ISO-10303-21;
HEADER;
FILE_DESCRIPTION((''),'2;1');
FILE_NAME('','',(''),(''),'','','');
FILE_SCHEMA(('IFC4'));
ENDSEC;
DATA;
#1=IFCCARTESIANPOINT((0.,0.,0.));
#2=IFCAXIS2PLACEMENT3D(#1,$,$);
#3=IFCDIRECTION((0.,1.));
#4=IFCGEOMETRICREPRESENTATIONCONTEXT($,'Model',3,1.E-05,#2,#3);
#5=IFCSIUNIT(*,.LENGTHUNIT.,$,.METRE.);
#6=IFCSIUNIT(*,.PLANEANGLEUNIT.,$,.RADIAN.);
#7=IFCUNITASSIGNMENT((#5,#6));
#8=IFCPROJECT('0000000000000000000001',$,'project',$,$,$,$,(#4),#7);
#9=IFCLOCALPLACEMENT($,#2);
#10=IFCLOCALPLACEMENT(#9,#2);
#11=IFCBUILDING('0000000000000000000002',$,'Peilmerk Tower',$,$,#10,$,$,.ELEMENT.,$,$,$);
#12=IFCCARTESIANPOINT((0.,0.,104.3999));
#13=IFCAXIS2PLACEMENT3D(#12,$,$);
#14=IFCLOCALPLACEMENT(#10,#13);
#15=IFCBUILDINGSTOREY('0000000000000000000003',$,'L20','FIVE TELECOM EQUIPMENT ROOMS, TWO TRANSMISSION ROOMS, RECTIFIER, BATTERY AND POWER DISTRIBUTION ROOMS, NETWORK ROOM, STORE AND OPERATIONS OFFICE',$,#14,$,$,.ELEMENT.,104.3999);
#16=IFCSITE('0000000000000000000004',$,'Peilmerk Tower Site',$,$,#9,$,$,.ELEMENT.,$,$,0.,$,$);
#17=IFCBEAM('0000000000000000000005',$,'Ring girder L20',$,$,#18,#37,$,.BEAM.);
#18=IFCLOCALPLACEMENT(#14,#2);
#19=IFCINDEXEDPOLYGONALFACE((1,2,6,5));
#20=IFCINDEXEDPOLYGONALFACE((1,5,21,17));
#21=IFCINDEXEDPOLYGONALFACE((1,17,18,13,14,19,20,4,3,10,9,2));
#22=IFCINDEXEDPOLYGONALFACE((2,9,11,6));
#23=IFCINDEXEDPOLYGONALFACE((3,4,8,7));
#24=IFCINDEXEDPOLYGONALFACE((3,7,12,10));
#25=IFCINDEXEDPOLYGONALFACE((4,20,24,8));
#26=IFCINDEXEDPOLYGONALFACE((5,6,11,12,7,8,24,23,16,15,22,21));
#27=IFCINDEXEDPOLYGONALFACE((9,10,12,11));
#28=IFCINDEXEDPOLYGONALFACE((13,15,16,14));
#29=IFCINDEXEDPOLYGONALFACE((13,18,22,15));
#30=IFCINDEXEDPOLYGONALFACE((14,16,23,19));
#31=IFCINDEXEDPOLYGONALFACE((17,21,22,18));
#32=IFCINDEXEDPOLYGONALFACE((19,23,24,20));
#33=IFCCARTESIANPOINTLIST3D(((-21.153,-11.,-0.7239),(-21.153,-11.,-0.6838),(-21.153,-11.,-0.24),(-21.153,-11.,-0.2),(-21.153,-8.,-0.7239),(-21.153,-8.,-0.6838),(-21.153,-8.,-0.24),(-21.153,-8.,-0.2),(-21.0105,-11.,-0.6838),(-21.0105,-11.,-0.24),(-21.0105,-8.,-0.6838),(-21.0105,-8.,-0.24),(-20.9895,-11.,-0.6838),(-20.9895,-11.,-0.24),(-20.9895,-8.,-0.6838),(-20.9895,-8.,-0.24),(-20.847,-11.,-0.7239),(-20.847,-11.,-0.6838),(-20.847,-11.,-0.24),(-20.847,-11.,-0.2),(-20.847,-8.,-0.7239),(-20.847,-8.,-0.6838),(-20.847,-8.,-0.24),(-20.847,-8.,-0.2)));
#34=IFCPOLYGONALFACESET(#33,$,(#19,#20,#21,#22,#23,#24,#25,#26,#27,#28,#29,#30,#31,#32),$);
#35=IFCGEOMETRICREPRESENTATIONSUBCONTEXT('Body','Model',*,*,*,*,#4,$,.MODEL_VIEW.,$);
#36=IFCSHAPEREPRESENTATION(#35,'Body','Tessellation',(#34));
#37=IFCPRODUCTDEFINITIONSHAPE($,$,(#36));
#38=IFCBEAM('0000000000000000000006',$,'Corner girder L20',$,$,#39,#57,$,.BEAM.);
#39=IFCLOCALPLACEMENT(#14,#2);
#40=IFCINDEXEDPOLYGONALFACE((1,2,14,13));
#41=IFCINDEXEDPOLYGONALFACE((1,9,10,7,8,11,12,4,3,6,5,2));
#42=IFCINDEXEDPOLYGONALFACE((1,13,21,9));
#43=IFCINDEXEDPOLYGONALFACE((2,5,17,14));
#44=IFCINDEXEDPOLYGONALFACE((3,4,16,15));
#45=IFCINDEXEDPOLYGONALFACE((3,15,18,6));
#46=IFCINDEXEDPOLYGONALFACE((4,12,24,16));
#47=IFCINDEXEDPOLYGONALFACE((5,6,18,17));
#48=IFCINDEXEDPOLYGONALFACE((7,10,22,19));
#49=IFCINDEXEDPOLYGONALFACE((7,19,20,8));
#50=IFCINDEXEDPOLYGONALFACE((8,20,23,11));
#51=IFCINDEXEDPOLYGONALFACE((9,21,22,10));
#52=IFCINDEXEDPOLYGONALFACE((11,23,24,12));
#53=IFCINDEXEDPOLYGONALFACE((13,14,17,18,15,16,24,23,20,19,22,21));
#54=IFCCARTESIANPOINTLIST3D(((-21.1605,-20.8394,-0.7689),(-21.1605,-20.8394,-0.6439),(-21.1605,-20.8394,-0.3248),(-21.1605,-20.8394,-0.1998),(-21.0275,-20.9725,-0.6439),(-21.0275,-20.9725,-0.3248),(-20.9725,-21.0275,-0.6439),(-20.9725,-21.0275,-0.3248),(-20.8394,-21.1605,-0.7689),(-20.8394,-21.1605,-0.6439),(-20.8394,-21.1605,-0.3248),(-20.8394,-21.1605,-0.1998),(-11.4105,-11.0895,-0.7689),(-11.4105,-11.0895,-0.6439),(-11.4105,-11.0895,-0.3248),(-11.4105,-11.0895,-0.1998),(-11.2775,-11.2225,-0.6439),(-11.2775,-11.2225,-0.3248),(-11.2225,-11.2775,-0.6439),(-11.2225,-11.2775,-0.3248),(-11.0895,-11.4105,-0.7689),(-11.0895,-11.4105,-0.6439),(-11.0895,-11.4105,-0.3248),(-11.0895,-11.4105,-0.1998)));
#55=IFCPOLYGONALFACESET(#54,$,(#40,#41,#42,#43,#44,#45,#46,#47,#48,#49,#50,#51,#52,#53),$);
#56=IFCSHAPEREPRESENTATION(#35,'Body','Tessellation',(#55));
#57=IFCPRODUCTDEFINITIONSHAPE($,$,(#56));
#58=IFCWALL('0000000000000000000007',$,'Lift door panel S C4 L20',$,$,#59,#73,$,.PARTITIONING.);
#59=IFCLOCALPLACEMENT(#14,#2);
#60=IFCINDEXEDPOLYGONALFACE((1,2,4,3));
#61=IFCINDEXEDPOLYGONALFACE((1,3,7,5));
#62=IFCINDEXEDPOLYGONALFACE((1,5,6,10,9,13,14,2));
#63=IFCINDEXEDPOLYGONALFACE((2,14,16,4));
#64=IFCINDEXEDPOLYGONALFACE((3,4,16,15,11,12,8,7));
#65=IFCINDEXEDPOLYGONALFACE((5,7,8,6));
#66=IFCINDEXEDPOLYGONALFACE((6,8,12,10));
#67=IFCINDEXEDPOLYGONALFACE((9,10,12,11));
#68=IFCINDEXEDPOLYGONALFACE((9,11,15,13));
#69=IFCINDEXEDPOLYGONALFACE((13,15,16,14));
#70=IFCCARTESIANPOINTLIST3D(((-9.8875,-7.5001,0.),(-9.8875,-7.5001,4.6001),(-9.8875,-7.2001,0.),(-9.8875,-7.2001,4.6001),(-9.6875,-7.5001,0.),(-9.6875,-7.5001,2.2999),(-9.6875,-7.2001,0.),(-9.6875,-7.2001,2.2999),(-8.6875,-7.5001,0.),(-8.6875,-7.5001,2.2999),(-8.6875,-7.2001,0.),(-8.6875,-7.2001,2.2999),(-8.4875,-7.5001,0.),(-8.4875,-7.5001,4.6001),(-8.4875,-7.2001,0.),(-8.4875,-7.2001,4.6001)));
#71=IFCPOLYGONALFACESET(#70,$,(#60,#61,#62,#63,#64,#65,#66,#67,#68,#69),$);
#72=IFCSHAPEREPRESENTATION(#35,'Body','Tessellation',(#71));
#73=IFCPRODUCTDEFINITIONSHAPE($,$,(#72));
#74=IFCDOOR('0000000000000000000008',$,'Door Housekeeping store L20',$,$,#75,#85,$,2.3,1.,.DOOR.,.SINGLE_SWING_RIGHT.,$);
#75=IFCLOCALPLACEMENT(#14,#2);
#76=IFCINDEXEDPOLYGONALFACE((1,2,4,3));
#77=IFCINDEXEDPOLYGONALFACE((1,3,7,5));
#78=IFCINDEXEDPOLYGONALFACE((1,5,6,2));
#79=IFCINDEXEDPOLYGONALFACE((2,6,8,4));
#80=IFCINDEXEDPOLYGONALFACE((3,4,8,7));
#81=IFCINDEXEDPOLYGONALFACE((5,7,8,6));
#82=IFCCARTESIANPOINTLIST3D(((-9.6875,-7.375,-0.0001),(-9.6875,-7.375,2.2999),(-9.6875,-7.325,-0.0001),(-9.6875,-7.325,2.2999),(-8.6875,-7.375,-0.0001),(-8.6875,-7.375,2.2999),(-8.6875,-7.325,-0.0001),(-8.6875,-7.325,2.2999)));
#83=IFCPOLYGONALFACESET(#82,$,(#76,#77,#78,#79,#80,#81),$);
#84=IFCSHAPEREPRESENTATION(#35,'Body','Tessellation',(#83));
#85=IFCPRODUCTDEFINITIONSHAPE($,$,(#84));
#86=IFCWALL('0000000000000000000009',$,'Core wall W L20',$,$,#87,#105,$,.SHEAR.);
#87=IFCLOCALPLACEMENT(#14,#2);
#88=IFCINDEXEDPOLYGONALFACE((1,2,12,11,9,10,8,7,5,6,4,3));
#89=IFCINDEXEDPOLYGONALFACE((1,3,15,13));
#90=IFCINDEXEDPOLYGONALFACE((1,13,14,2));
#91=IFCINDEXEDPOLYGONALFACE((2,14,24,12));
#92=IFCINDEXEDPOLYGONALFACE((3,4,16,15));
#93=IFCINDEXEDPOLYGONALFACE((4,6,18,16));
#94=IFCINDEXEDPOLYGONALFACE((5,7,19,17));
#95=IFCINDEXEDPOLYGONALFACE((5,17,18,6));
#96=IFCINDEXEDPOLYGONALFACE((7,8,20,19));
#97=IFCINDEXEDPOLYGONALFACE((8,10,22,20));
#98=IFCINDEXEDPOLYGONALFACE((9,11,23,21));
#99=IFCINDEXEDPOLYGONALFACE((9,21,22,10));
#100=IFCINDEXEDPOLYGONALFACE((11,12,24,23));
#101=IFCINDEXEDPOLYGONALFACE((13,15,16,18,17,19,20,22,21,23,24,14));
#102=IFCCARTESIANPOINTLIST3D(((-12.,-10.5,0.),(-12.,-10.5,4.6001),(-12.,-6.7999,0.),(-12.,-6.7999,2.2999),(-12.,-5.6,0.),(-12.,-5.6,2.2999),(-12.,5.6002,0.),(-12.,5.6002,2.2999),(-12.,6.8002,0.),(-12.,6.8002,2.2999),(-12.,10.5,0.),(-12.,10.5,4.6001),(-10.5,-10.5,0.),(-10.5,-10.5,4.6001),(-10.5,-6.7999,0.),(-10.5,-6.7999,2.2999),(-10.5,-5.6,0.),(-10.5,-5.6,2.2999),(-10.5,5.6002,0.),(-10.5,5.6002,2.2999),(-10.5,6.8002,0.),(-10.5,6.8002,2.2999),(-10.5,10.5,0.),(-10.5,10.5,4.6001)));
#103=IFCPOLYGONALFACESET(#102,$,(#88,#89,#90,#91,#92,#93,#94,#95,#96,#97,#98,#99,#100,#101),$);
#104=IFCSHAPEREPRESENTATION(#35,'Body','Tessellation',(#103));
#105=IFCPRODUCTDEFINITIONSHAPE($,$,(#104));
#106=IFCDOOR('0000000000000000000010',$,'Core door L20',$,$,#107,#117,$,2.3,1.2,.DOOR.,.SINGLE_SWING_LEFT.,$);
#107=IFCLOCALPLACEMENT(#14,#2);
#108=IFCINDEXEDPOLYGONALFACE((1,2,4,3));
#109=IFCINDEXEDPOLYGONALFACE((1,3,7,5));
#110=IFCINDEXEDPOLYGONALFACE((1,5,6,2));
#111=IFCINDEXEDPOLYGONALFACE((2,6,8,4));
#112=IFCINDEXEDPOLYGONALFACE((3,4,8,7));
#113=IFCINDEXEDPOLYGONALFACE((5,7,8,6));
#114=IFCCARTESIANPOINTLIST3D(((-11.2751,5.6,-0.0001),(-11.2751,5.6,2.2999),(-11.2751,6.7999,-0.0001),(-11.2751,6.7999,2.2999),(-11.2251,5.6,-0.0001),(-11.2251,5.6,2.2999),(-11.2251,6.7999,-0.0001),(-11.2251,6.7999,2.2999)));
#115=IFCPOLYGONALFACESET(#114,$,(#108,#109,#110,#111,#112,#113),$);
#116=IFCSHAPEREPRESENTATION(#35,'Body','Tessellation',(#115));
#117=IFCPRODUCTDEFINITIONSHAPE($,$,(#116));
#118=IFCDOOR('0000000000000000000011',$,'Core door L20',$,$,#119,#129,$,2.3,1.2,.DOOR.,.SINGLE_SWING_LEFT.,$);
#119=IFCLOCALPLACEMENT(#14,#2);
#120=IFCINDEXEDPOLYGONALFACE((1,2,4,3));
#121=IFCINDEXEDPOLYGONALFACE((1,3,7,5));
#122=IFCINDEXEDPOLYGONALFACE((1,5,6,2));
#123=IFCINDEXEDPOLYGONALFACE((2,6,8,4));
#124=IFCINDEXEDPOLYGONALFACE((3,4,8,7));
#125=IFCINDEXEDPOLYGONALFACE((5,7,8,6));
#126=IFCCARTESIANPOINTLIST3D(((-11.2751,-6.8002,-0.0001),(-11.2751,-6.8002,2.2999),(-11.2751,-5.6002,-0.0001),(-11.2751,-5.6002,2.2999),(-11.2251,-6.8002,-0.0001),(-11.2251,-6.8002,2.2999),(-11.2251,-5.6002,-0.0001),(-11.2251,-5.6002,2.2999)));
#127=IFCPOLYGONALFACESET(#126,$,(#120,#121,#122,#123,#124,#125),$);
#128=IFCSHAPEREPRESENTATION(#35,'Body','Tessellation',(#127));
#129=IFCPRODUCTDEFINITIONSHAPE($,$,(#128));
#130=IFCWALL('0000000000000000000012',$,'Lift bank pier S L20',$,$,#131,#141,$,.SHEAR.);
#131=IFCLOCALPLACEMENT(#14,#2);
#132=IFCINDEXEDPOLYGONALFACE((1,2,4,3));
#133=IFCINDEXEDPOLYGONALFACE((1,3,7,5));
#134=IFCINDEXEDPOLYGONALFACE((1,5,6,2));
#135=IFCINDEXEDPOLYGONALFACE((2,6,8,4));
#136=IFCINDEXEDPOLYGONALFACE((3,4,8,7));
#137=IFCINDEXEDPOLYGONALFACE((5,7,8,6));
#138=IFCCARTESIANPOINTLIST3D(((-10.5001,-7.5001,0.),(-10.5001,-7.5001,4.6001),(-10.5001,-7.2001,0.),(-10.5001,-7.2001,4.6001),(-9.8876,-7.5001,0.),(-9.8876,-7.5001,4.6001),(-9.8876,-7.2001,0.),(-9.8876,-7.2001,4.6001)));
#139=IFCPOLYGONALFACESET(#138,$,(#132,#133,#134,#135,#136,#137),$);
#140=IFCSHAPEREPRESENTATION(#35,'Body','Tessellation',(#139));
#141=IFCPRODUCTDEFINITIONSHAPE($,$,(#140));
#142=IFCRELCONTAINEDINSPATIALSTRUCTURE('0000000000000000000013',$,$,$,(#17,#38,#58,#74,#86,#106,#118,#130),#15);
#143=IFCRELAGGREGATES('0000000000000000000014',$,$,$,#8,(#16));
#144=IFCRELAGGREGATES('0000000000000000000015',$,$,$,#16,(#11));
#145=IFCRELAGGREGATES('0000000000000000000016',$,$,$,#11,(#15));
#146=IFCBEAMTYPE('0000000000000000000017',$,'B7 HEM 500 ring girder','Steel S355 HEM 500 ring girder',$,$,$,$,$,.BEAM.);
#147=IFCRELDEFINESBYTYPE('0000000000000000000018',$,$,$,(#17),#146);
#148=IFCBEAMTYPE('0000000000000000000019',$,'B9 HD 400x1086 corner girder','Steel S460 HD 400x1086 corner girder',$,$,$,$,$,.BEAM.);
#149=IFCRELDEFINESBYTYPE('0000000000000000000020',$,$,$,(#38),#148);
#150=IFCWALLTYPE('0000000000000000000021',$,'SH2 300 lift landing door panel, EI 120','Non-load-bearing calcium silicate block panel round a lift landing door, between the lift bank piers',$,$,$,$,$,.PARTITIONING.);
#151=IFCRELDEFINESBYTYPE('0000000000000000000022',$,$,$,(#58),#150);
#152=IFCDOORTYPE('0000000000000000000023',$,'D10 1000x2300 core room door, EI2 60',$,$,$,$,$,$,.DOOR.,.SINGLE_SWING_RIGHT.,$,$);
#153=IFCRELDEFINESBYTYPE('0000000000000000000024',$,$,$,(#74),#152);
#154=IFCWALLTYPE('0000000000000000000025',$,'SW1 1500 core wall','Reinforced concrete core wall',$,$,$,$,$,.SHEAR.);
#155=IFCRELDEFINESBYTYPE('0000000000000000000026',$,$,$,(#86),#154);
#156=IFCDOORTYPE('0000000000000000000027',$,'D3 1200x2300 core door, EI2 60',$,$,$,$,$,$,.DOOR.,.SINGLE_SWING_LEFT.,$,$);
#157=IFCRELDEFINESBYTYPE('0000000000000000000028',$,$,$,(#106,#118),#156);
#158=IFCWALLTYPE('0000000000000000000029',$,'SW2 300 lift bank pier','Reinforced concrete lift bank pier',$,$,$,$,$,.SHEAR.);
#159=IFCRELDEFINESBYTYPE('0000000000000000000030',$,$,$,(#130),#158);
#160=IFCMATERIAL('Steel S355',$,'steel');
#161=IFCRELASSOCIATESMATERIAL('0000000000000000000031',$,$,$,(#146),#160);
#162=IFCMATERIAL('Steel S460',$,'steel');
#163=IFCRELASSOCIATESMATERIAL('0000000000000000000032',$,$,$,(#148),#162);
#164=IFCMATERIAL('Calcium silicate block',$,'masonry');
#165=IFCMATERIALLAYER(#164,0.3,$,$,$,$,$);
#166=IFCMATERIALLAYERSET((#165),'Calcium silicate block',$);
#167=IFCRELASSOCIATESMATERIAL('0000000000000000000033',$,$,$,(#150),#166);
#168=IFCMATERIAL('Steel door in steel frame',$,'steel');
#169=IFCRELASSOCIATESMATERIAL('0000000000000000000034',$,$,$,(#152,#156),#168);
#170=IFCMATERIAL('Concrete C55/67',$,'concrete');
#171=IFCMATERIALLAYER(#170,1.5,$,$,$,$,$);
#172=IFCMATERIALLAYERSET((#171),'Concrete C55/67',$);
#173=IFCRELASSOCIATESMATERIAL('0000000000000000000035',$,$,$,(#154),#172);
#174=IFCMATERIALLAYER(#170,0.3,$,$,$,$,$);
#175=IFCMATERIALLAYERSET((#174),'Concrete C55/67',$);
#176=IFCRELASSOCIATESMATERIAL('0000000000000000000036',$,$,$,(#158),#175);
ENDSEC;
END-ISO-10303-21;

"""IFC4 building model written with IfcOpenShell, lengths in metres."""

from ifc_helpers import new_model, si_unit, direction, frame, frame_2d, origin, origin_2d, place, context, subcontext, project, spatial, rectangle, i_section, extrude, material, layer, layer_set, material_profile, profile_set, type_object, element, fill, save


model = new_model("IFC4")

# Units and contexts
model_context = context("Model", 3, precision=1e-05, world=origin(), true_north=direction((0.0, 1.0)))
body_context = subcontext(model_context, "Body", "Model", "MODEL_VIEW")
ifc_project = project(units=[si_unit("LENGTHUNIT", "METRE"), si_unit("PLANEANGLEUNIT", "RADIAN")], contexts=[model_context])

# Site, building, storey
site_placement = place(None, origin())
site = spatial("IfcSite", under=ifc_project, at=site_placement, Name="Peilmerk Tower Site", CompositionType="ELEMENT", RefElevation=0.0)
building_placement = place(site_placement, origin())
building = spatial("IfcBuilding", under=site, at=building_placement, Name="Peilmerk Tower", CompositionType="ELEMENT")
storey_placement = place(building_placement, frame((0.0, 0.0, 104.3999)))
storey = spatial("IfcBuildingStorey", under=building, at=storey_placement, Name="L20", Description="FIVE TELECOM EQUIPMENT ROOMS, TWO TRANSMISSION ROOMS, RECTIFIER, BATTERY AND POWER DISTRIBUTION ROOMS, NETWORK ROOM, STORE AND OPERATIONS OFFICE", CompositionType="ELEMENT", Elevation=104.3999)

# Shared definitions
ifc_material_1 = material(Name="Steel S460", Category="steel")

# Beams
ifc_material_2 = material(Name="Steel S355", Category="steel")
ifc_material_profile_1 = material_profile(ifc_material_2, i_section(OverallWidth=0.3059, OverallDepth=0.5239, WebThickness=0.021, FlangeThickness=0.04, at=origin_2d()), Name="HEM 500")
ifc_profile_set_1 = profile_set([ifc_material_profile_1], Name="Steel S355")
beam_type_1 = type_object("IfcBeamType", Name="B7 HEM 500 ring girder", Description="Steel S355 HEM 500 ring girder", PredefinedType="BEAM", material=ifc_profile_set_1)
beam_1_placement = place(storey_placement, frame((-21.0, -8.0, -0.4619), z_axis=(0.0, -1.0, 0.0), x_axis=(1.0, 0.0, 0.0)))
element("IfcBeam", 1, at=beam_1_placement, inside=storey, type_object=beam_type_1, Name="Ring girder L20", PredefinedType="BEAM", context=body_context, shape_type="SweptSolid", body=[
    extrude(i_section(OverallWidth=0.3059, OverallDepth=0.5239, WebThickness=0.021, FlangeThickness=0.04, at=origin_2d()), origin(), (0.0, 0.0, 1.0), 3.0),
])
ifc_material_profile_2 = material_profile(ifc_material_1, i_section(OverallWidth=0.4541, OverallDepth=0.5691, WebThickness=0.0779, FlangeThickness=0.125, at=origin_2d()), Name="HD 400x1086")
ifc_profile_set_2 = profile_set([ifc_material_profile_2], Name="Steel S460")
beam_type_2 = type_object("IfcBeamType", Name="B9 HD 400x1086 corner girder", Description="Steel S460 HD 400x1086 corner girder", PredefinedType="BEAM", material=ifc_profile_set_2)
beam_2_placement = place(storey_placement, frame((-11.25, -11.25, -0.4844), z_axis=(-0.707107, -0.707107, 0.0), x_axis=(0.707107, -0.707107, 0.0)))
element("IfcBeam", 2, at=beam_2_placement, inside=storey, type_object=beam_type_2, Name="Corner girder L20", PredefinedType="BEAM", context=body_context, shape_type="SweptSolid", body=[
    extrude(i_section(OverallWidth=0.4541, OverallDepth=0.5691, WebThickness=0.0779, FlangeThickness=0.125, at=origin_2d()), origin(), (0.0, 0.0, 1.0), 13.7886),
])

# Wall, opening, door
ifc_material_3 = material(Name="Calcium silicate block", Category="masonry")
ifc_layer_1 = layer(ifc_material_3, 0.3)
ifc_layer_set_1 = layer_set([ifc_layer_1], Name="Calcium silicate block")
wall_type_1 = type_object("IfcWallType", Name="SH2 300 lift landing door panel, EI 120", Description="Non-load-bearing calcium silicate block panel round a lift landing door, between the lift bank piers", PredefinedType="PARTITIONING", material=ifc_layer_set_1)
wall_1_placement = place(storey_placement, frame((-9.8875, -7.3501, 0.0), z_axis=(0.0, 0.0, 1.0), x_axis=(1.0, 0.0, 0.0)))
wall_1 = element("IfcWall", 3, at=wall_1_placement, inside=storey, type_object=wall_type_1, Name="Lift door panel S C4 L20", PredefinedType="PARTITIONING", context=body_context, shape_type="SweptSolid", body=[
    extrude(rectangle(XDim=1.3999, YDim=0.3, at=frame_2d((0.7, 0.0))), origin(), (0.0, 0.0, 1.0), 4.6001),
])
opening_1_placement = place(wall_1_placement, frame((0.2, 0.0, 0.0)))
opening_1 = element("IfcOpeningElement", 4, at=opening_1_placement, cuts=wall_1, PredefinedType="OPENING", context=body_context, shape_type="SweptSolid", body=[
    extrude(rectangle(XDim=1.0, YDim=2.3, at=frame_2d((0.5, 1.1499))), frame((0.0, 0.1599, 0.0), z_axis=(0.0, -1.0, 0.0), x_axis=(1.0, 0.0, 0.0)), (0.0, 0.0, 1.0), 0.3201),
])
ifc_material_4 = material(Name="Steel door in steel frame", Category="steel")
door_type_1 = type_object("IfcDoorType", Name="D10 1000x2300 core room door, EI2 60", OperationType="SINGLE_SWING_RIGHT", PredefinedType="DOOR", material=ifc_material_4)
door_1_placement = place(opening_1_placement, frame((1.0, 0.0, 0.0), z_axis=(0.0, 0.0, 1.0), x_axis=(-1.0, 0.0, 0.0)))
door_1 = element("IfcDoor", 5, at=door_1_placement, inside=storey, type_object=door_type_1, Name="Door Housekeeping store L20", OperationType="SINGLE_SWING_RIGHT", OverallHeight=2.3, OverallWidth=1.0, PredefinedType="DOOR", context=body_context, shape_type="SweptSolid", body=[
    extrude(rectangle(XDim=1.0, YDim=2.3, at=frame_2d((0.5, 1.1499))), frame((0.0, 0.0249, 0.0), z_axis=(0.0, -1.0, 0.0), x_axis=(1.0, 0.0, 0.0)), (0.0, 0.0, 1.0), 0.05),
])
fill(opening_1, door_1)

# Wall, openings, doors
ifc_material_5 = material(Name="Concrete C55/67", Category="concrete")
ifc_layer_2 = layer(ifc_material_5, 1.5)
ifc_layer_set_2 = layer_set([ifc_layer_2], Name="Concrete C55/67")
wall_type_2 = type_object("IfcWallType", Name="SW1 1500 core wall", Description="Reinforced concrete core wall", PredefinedType="SHEAR", material=ifc_layer_set_2)
wall_2_placement = place(storey_placement, frame((-11.25, -10.5, 0.0), z_axis=(0.0, 0.0, 1.0), x_axis=(0.0, 1.0, 0.0)))
wall_2 = element("IfcWall", 6, at=wall_2_placement, inside=storey, type_object=wall_type_2, Name="Core wall W L20", PredefinedType="SHEAR", context=body_context, shape_type="SweptSolid", body=[
    extrude(rectangle(XDim=21.0, YDim=1.5, at=frame_2d((10.5, 0.0))), origin(), (0.0, 0.0, 1.0), 4.6001),
])
opening_2_placement = place(wall_2_placement, frame((16.1001, 0.0, 0.0)))
opening_2 = element("IfcOpeningElement", 7, at=opening_2_placement, cuts=wall_2, PredefinedType="OPENING", context=body_context, shape_type="SweptSolid", body=[
    extrude(rectangle(XDim=1.2, YDim=2.3, at=frame_2d((0.6001, 1.1499))), frame((0.0, 0.76, 0.0), z_axis=(0.0, -1.0, 0.0), x_axis=(1.0, 0.0, 0.0)), (0.0, 0.0, 1.0), 1.52),
])
opening_3_placement = place(wall_2_placement, frame((3.7, 0.0, 0.0)))
opening_3 = element("IfcOpeningElement", 8, at=opening_3_placement, cuts=wall_2, PredefinedType="OPENING", context=body_context, shape_type="SweptSolid", body=[
    extrude(rectangle(XDim=1.2, YDim=2.3, at=frame_2d((0.6001, 1.1499))), frame((0.0, 0.76, 0.0), z_axis=(0.0, -1.0, 0.0), x_axis=(1.0, 0.0, 0.0)), (0.0, 0.0, 1.0), 1.52),
])
door_type_2 = type_object("IfcDoorType", Name="D3 1200x2300 core door, EI2 60", OperationType="SINGLE_SWING_LEFT", PredefinedType="DOOR", material=ifc_material_4)
door_2_placement = place(opening_2_placement, frame((1.2, 0.0, 0.0), z_axis=(0.0, 0.0, 1.0), x_axis=(-1.0, 0.0, 0.0)))
door_2 = element("IfcDoor", 9, at=door_2_placement, inside=storey, type_object=door_type_2, Name="Core door L20", OperationType="SINGLE_SWING_LEFT", OverallHeight=2.3, OverallWidth=1.2, PredefinedType="DOOR", context=body_context, shape_type="SweptSolid", body=[
    extrude(rectangle(XDim=1.2, YDim=2.3, at=frame_2d((0.6001, 1.1499))), frame((0.0, 0.0249, 0.0), z_axis=(0.0, -1.0, 0.0), x_axis=(1.0, 0.0, 0.0)), (0.0, 0.0, 1.0), 0.05),
])
fill(opening_2, door_2)
door_3_placement = place(opening_3_placement, frame((1.2, 0.0, 0.0), z_axis=(0.0, 0.0, 1.0), x_axis=(-1.0, 0.0, 0.0)))
door_3 = element("IfcDoor", 10, at=door_3_placement, inside=storey, type_object=door_type_2, Name="Core door L20", OperationType="SINGLE_SWING_LEFT", OverallHeight=2.3, OverallWidth=1.2, PredefinedType="DOOR", context=body_context, shape_type="SweptSolid", body=[
    extrude(rectangle(XDim=1.2, YDim=2.3, at=frame_2d((0.6001, 1.1499))), frame((0.0, 0.0249, 0.0), z_axis=(0.0, -1.0, 0.0), x_axis=(1.0, 0.0, 0.0)), (0.0, 0.0, 1.0), 0.05),
])
fill(opening_3, door_3)

# Wall
ifc_layer_3 = layer(ifc_material_5, 0.3)
ifc_layer_set_3 = layer_set([ifc_layer_3], Name="Concrete C55/67")
wall_type_3 = type_object("IfcWallType", Name="SW2 300 lift bank pier", Description="Reinforced concrete lift bank pier", PredefinedType="SHEAR", material=ifc_layer_set_3)
wall_3_placement = place(storey_placement, frame((-10.5, -7.3501, 0.0), z_axis=(0.0, 0.0, 1.0), x_axis=(1.0, 0.0, 0.0)))
element("IfcWall", 11, at=wall_3_placement, inside=storey, type_object=wall_type_3, Name="Lift bank pier S L20", PredefinedType="SHEAR", context=body_context, shape_type="SweptSolid", body=[
    extrude(rectangle(XDim=0.6125, YDim=0.3, at=frame_2d((0.3062, 0.0))), origin(), (0.0, 0.0, 1.0), 4.6001),
])

save(model, "model.ifc")
